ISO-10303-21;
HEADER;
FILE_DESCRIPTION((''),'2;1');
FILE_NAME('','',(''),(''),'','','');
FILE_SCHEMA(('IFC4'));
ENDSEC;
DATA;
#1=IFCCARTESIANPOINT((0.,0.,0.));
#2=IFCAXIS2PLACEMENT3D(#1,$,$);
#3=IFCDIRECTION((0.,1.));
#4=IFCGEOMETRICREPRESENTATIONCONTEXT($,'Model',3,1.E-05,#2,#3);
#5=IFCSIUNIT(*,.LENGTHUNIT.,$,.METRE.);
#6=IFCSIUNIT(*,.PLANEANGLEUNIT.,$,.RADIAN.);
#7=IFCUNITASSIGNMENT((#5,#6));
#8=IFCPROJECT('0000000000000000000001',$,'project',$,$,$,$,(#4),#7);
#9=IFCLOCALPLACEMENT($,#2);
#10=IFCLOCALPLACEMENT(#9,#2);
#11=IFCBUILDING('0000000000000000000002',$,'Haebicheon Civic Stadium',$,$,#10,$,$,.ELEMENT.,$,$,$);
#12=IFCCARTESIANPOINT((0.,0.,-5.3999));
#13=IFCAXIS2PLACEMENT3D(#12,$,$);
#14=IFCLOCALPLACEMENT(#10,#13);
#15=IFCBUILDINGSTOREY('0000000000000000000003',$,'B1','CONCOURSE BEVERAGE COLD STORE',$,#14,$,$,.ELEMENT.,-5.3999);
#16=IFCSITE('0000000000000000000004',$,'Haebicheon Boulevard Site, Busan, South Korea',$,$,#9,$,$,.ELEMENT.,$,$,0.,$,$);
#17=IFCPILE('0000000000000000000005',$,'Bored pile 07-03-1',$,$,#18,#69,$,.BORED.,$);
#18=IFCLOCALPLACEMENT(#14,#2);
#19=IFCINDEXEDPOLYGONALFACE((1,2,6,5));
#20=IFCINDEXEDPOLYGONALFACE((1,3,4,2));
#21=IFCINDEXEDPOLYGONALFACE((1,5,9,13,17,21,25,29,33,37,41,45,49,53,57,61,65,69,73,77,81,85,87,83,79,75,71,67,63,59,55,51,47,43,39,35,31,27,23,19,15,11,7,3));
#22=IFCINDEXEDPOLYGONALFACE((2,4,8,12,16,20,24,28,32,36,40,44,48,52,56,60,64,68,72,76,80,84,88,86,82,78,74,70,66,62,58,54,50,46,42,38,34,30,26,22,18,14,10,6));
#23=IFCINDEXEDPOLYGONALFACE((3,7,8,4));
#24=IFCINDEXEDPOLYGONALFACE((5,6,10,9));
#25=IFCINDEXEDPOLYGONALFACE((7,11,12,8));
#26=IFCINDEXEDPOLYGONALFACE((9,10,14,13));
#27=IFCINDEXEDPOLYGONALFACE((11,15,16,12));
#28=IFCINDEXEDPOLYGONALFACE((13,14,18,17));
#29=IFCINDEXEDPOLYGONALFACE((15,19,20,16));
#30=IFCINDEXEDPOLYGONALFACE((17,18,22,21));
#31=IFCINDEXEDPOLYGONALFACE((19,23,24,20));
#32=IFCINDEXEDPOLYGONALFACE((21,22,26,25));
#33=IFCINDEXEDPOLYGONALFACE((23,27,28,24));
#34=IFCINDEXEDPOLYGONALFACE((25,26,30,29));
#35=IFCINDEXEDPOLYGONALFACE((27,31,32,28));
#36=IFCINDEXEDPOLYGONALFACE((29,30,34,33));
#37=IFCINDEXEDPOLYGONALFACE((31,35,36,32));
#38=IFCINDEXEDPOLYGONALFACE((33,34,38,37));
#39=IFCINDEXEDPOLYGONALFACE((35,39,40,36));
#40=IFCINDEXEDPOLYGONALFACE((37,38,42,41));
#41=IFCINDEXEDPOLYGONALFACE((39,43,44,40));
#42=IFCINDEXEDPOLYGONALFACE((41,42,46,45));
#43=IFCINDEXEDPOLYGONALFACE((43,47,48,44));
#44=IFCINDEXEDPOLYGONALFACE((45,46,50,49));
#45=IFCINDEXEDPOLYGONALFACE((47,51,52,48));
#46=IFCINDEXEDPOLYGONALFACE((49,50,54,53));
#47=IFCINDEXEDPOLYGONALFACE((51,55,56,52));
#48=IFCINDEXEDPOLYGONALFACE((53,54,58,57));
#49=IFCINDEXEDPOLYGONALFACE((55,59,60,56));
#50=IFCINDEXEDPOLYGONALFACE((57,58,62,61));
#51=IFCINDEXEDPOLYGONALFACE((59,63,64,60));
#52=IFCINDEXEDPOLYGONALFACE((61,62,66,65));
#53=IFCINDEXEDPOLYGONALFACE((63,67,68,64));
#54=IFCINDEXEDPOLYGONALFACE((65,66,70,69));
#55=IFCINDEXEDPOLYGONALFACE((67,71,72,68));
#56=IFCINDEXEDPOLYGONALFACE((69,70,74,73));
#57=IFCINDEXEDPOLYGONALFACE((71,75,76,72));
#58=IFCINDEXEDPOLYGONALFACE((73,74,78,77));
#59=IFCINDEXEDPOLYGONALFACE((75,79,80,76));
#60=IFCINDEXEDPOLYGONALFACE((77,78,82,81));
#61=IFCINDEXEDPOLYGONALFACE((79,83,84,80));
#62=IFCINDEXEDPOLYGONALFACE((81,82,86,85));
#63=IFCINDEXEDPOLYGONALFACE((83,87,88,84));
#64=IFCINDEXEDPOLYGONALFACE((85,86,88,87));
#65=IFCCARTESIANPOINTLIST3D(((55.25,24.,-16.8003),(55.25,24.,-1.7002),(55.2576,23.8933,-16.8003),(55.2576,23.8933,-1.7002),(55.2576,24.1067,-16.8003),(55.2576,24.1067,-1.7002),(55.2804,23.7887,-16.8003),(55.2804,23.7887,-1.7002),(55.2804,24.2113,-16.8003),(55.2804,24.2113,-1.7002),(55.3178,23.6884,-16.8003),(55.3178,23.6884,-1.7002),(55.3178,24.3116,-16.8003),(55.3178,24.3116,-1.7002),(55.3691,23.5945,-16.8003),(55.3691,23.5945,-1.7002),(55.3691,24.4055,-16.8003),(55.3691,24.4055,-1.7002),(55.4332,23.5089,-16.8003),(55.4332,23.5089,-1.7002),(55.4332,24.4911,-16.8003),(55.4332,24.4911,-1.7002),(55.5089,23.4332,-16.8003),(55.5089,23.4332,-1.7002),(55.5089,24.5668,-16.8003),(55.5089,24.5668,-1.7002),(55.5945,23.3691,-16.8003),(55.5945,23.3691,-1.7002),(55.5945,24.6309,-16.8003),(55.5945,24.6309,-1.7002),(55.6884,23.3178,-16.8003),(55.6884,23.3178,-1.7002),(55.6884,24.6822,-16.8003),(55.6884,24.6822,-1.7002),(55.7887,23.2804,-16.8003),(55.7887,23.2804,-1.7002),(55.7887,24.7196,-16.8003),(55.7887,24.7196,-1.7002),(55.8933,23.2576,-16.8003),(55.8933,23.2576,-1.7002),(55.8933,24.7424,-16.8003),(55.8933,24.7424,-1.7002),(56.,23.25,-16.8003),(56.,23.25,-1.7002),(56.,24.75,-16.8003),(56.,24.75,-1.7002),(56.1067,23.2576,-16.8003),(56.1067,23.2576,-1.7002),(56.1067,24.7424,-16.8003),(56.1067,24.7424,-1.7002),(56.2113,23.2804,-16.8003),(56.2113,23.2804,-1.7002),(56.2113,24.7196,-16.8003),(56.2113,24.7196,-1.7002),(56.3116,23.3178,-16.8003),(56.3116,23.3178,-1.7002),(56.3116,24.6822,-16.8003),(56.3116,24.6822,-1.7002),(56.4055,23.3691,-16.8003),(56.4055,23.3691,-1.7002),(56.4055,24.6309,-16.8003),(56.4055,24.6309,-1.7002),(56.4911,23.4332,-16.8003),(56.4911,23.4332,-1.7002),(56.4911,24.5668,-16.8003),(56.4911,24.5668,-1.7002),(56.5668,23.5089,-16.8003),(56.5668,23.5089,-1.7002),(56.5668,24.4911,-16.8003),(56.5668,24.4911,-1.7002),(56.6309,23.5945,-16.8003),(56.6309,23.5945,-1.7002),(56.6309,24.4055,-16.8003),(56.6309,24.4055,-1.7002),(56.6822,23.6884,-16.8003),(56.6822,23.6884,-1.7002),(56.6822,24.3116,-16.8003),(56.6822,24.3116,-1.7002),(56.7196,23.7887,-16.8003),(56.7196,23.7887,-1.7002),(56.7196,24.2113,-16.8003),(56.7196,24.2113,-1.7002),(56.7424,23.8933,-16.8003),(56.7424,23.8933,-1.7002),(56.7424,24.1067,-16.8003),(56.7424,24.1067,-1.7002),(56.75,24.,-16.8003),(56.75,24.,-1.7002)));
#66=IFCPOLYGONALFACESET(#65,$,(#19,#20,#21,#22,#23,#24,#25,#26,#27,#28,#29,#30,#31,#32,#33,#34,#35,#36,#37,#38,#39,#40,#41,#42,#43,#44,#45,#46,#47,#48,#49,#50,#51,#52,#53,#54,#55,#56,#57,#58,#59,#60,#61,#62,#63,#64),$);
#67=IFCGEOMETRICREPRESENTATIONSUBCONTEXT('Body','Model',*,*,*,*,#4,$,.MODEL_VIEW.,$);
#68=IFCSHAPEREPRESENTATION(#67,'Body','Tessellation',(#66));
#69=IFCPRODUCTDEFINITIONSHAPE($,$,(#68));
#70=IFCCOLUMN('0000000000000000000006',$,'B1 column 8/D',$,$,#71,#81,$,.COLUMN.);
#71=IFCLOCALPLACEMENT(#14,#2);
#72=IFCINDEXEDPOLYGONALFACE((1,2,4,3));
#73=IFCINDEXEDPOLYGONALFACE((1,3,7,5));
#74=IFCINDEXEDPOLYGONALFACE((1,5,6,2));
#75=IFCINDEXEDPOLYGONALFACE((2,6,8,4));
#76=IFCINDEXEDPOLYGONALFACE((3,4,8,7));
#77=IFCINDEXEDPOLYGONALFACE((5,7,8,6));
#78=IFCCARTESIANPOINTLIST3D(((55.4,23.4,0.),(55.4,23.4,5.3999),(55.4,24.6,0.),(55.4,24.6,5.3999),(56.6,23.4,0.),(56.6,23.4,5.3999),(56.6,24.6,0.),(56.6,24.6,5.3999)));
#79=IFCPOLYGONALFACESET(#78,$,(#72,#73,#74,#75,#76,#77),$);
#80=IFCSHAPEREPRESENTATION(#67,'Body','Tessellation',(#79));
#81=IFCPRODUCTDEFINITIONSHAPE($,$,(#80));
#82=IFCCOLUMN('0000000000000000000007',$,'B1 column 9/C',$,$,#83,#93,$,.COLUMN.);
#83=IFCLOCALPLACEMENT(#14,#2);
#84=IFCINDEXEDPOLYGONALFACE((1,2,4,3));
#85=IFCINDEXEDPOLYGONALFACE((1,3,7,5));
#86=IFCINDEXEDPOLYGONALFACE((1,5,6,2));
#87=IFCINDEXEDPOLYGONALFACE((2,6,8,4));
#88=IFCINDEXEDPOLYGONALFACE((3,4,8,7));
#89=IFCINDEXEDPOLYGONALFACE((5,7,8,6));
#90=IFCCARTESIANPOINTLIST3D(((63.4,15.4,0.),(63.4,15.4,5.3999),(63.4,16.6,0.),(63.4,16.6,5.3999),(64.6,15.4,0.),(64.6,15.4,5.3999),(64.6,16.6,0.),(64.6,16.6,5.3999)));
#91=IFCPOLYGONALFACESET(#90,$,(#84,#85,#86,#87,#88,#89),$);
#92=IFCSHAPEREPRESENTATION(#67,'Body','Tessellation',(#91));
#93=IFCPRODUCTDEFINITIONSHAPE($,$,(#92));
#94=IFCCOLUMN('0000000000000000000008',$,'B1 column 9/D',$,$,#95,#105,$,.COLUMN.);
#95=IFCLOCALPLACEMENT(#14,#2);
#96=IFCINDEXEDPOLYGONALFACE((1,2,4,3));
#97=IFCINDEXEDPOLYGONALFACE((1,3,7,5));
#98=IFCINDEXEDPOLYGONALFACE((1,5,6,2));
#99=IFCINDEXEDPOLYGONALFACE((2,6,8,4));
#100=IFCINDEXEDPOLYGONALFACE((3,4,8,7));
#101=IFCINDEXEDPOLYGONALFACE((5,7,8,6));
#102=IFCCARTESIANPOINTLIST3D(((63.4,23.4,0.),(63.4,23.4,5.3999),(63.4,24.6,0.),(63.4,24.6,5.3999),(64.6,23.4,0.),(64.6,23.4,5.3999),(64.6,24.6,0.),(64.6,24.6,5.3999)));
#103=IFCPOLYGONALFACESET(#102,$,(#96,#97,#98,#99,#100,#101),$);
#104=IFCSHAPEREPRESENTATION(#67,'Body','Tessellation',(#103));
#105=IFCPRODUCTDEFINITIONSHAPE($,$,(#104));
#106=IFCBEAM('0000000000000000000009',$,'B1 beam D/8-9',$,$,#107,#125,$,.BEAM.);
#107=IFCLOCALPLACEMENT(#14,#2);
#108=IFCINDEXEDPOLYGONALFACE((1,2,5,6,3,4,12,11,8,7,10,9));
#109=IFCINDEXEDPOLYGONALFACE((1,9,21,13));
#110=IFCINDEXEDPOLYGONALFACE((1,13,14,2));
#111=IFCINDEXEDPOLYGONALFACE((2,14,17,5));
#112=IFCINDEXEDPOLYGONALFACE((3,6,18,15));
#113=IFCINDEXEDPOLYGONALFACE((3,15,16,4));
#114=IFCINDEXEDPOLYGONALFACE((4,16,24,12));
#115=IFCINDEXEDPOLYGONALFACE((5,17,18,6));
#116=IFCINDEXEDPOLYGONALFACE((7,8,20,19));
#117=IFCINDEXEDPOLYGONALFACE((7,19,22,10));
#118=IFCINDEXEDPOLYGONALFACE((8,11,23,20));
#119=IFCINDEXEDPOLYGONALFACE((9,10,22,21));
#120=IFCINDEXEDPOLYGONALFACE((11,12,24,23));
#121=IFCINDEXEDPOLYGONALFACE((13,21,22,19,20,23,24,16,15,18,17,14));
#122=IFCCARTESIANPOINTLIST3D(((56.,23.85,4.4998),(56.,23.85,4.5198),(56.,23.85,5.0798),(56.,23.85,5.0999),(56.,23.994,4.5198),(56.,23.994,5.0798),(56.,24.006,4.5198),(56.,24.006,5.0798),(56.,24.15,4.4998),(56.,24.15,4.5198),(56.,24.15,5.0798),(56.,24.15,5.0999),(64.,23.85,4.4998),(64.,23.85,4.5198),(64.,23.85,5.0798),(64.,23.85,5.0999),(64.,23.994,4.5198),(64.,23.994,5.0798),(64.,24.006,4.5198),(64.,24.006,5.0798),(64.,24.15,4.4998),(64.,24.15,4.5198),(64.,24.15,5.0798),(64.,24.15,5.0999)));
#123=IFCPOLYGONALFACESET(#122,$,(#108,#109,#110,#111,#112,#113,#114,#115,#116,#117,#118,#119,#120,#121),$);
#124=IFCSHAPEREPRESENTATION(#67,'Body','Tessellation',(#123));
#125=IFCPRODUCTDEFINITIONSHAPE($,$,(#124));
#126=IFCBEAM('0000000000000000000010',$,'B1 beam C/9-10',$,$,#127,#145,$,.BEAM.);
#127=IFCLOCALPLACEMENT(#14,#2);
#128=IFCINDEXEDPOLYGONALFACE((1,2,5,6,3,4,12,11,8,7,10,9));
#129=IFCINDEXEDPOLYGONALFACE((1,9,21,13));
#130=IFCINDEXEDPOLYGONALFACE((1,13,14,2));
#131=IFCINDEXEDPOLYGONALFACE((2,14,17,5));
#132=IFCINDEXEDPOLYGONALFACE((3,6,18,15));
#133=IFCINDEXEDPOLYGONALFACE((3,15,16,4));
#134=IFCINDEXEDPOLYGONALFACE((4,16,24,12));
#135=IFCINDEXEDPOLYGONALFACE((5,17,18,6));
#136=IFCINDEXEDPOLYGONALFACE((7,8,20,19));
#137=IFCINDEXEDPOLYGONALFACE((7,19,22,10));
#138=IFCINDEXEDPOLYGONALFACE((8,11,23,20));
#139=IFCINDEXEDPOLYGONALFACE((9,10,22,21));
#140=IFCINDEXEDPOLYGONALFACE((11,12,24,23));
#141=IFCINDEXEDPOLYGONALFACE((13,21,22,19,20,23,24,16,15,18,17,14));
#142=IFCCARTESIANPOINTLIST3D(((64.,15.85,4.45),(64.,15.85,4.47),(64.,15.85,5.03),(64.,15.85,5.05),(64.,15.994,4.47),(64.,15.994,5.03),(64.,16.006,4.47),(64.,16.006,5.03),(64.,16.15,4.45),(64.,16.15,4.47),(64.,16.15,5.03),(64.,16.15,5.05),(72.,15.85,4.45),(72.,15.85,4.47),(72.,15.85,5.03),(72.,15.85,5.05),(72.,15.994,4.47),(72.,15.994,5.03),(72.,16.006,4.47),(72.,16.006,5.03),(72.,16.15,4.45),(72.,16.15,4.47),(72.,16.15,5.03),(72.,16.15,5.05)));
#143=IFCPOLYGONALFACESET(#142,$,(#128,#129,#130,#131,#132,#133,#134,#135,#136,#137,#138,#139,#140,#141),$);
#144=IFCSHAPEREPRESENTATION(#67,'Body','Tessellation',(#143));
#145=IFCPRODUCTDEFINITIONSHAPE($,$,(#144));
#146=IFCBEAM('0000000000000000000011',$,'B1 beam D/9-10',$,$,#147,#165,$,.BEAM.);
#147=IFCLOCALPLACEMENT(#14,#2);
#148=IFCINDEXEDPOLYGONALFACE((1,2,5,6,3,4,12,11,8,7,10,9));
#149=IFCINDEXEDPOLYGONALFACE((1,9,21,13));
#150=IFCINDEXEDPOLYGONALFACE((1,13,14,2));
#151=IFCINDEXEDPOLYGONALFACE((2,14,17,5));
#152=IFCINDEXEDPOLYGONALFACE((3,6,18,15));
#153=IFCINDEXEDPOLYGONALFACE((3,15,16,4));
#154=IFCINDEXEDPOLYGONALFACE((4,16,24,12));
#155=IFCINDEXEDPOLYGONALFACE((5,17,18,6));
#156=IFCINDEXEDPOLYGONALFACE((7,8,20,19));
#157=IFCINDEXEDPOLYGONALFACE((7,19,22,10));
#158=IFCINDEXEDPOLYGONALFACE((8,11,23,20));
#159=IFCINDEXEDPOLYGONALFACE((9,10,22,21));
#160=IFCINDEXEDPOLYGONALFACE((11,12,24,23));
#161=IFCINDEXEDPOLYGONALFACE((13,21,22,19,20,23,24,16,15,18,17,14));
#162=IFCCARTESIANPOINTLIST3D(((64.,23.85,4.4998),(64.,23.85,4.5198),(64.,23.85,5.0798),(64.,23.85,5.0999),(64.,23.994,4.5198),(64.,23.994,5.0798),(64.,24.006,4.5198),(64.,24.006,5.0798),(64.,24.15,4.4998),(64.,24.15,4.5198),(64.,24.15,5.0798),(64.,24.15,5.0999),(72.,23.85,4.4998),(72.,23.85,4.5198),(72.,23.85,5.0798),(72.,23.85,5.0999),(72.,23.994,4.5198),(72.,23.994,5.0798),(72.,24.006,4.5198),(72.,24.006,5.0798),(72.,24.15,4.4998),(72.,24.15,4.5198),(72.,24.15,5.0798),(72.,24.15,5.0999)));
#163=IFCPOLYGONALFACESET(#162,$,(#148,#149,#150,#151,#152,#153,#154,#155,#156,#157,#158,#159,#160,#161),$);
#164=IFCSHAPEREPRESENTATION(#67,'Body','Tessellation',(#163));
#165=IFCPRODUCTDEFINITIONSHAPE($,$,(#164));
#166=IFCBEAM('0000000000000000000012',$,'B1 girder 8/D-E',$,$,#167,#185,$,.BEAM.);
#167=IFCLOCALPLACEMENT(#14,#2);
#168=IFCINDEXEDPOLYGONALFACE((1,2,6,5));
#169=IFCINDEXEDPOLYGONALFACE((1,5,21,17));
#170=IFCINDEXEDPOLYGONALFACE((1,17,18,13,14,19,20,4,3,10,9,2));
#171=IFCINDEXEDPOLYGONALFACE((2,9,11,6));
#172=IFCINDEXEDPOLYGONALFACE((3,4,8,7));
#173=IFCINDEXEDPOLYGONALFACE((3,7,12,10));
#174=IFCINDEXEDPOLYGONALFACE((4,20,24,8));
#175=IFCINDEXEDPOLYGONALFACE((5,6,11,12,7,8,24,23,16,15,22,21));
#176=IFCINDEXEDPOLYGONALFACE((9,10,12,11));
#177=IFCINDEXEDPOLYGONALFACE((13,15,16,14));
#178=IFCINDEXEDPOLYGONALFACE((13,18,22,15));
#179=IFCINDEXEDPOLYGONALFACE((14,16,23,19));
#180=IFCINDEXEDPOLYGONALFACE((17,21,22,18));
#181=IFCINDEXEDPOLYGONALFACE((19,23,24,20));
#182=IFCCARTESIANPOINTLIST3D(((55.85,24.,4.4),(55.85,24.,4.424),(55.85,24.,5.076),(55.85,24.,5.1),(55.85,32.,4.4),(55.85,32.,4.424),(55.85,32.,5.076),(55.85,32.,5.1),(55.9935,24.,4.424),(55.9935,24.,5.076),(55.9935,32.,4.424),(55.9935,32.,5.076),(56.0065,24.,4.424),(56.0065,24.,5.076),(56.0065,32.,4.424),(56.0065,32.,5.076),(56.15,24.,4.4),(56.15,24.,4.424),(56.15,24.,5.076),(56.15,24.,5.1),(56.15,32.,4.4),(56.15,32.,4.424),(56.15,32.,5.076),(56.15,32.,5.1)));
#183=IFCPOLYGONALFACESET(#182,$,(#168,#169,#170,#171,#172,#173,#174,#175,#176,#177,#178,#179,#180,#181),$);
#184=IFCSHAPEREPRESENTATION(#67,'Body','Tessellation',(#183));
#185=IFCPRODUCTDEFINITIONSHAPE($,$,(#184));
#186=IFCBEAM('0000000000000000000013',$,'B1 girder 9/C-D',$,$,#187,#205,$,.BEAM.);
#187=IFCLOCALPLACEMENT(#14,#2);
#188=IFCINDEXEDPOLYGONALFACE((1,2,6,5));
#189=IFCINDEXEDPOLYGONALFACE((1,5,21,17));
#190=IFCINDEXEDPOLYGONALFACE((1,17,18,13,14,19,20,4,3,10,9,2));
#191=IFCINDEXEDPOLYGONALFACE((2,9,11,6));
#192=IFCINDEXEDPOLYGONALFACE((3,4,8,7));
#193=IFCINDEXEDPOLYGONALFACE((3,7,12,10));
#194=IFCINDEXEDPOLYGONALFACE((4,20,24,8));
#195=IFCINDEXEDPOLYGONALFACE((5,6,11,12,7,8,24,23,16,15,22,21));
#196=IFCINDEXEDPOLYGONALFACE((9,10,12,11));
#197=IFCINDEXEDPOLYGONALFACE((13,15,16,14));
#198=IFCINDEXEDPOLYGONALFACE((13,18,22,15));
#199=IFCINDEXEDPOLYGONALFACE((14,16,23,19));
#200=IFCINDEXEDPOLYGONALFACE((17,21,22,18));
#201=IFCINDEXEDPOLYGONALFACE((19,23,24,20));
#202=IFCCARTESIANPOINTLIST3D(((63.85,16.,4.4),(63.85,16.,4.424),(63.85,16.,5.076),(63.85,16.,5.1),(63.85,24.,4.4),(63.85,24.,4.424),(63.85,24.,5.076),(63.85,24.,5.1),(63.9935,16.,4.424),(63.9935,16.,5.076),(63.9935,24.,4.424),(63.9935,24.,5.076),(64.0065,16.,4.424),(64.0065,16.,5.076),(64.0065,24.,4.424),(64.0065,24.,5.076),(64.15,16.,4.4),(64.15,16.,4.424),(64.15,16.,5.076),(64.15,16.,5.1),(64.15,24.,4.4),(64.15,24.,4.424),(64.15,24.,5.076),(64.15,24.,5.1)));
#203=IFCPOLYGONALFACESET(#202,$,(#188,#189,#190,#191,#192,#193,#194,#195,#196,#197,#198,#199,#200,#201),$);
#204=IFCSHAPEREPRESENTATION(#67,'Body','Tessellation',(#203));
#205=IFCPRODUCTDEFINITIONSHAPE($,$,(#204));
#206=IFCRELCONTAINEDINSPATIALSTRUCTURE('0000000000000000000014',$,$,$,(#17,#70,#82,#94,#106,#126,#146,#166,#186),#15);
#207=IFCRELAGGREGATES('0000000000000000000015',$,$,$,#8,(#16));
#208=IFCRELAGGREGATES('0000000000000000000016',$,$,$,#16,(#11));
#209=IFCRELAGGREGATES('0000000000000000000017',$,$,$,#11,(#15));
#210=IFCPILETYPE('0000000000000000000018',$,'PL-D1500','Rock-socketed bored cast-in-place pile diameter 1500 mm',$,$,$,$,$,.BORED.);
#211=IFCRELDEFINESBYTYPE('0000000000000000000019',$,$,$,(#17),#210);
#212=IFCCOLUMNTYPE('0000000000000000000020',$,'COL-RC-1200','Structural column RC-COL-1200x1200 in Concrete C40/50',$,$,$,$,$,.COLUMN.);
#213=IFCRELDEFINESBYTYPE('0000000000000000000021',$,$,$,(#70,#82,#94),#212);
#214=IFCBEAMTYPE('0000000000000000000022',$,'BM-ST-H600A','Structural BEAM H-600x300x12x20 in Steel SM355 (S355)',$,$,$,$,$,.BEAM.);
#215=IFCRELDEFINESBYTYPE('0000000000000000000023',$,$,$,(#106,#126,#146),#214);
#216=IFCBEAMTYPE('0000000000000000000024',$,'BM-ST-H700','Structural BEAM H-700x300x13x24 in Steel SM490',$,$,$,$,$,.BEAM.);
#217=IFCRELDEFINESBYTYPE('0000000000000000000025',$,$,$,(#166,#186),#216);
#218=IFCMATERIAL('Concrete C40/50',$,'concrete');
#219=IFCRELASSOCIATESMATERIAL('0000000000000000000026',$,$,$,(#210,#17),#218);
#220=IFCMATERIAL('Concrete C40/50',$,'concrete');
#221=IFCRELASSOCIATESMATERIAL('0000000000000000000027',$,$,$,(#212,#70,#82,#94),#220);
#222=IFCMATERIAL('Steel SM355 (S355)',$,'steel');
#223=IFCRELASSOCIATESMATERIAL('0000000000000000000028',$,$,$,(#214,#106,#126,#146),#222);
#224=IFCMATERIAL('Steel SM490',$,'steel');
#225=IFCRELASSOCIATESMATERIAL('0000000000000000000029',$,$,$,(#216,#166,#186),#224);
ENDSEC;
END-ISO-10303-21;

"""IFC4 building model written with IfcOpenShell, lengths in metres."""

from ifc_helpers import new_model, si_unit, direction, frame, origin, origin_2d, place, context, subcontext, project, spatial, rectangle, circle, i_section, extrude, material, material_profile, profile_set, type_object, element, save


model = new_model("IFC4")

# Units and contexts
model_context = context("Model", 3, precision=1e-05, world=origin(), true_north=direction((0.0, 1.0)))
body_context = subcontext(model_context, "Body", "Model", "MODEL_VIEW")
ifc_project = project(units=[si_unit("LENGTHUNIT", "METRE"), si_unit("PLANEANGLEUNIT", "RADIAN")], contexts=[model_context])

# Site, building, storey
site_placement = place(None, origin())
site = spatial("IfcSite", under=ifc_project, at=site_placement, Name="Haebicheon Boulevard Site, Busan, South Korea", CompositionType="ELEMENT", RefElevation=0.0)
building_placement = place(site_placement, origin())
building = spatial("IfcBuilding", under=site, at=building_placement, Name="Haebicheon Civic Stadium", CompositionType="ELEMENT")
storey_placement = place(building_placement, frame((0.0, 0.0, -5.3999)))
storey = spatial("IfcBuildingStorey", under=building, at=storey_placement, Name="B1", Description="CONCOURSE BEVERAGE COLD STORE", CompositionType="ELEMENT", Elevation=-5.3999)

# Pile
ifc_material_1 = material(Name="Concrete C40/50", Category="concrete")
ifc_material_profile_1 = material_profile(ifc_material_1, circle(Radius=0.75, at=origin_2d()), Name="PILE-D1500")
ifc_profile_set_1 = profile_set([ifc_material_profile_1], Name="Concrete C40/50")
pile_type_1 = type_object("IfcPileType", Name="PL-D1500", Description="Rock-socketed bored cast-in-place pile diameter 1500 mm", PredefinedType="BORED", material=ifc_profile_set_1)
pile_1_placement = place(storey_placement, frame((56.0, 24.0, -1.7002), z_axis=(0.0, 0.0, -1.0), x_axis=(1.0, 0.0, 0.0)))
element("IfcPile", 1, at=pile_1_placement, inside=storey, type_object=pile_type_1, material=ifc_profile_set_1, Name="Bored pile 07-03-1", PredefinedType="BORED", context=body_context, shape_type="SweptSolid", body=[
    extrude(circle(Radius=0.75, at=origin_2d()), origin(), (0.0, 0.0, 1.0), 15.1001),
])

# Columns
ifc_material_2 = material(Name="Concrete C40/50", Category="concrete")
ifc_material_profile_2 = material_profile(ifc_material_2, rectangle(XDim=1.2, YDim=1.2, at=origin_2d()), Name="RC-COL-1200x1200")
ifc_profile_set_2 = profile_set([ifc_material_profile_2], Name="Concrete C40/50")
column_type = type_object("IfcColumnType", Name="COL-RC-1200", Description="Structural column RC-COL-1200x1200 in Concrete C40/50", PredefinedType="COLUMN", material=ifc_profile_set_2)
for number, where, z_axis, x_axis, name in (
    (2, (56.0, 24.0, 0.0), (0.0, 0.0, 1.0), (1.0, 0.0, 0.0), "B1 column 8/D"),
    (3, (64.0, 16.0, 0.0), (0.0, 0.0, 1.0), (1.0, 0.0, 0.0), "B1 column 9/C"),
    (4, (64.0, 24.0, 0.0), (0.0, 0.0, 1.0), (1.0, 0.0, 0.0), "B1 column 9/D"),
):
    element("IfcColumn", number, at=place(storey_placement, frame(where, z_axis=z_axis, x_axis=x_axis)), inside=storey, type_object=column_type, material=ifc_profile_set_2, Name=name, PredefinedType="COLUMN", context=body_context, shape_type="SweptSolid", body=[
        extrude(rectangle(XDim=1.2, YDim=1.2, at=origin_2d()), origin(), (0.0, 0.0, 1.0), 5.3999),
    ])

# Beams
ifc_material_3 = material(Name="Steel SM355 (S355)", Category="steel")
ifc_material_profile_3 = material_profile(ifc_material_3, i_section(OverallWidth=0.3, OverallDepth=0.6001, WebThickness=0.012, FlangeThickness=0.02, at=origin_2d()), Name="H-600x300x12x20")
ifc_profile_set_3 = profile_set([ifc_material_profile_3], Name="Steel SM355 (S355)")
beam_type_1 = type_object("IfcBeamType", Name="BM-ST-H600A", Description="Structural BEAM H-600x300x12x20 in Steel SM355 (S355)", PredefinedType="BEAM", material=ifc_profile_set_3)
for number, where, z_axis, x_axis, name in (
    (5, (56.0, 24.0, 4.7998), (1.0, 0.0, 0.0), (0.0, 1.0, 0.0), "B1 beam D/8-9"),
    (6, (64.0, 16.0, 4.75), (1.0, 0.0, 0.0), (0.0, 1.0, 0.0), "B1 beam C/9-10"),
    (7, (64.0, 24.0, 4.7998), (1.0, 0.0, 0.0), (0.0, 1.0, 0.0), "B1 beam D/9-10"),
):
    element("IfcBeam", number, at=place(storey_placement, frame(where, z_axis=z_axis, x_axis=x_axis)), inside=storey, type_object=beam_type_1, material=ifc_profile_set_3, Name=name, PredefinedType="BEAM", context=body_context, shape_type="SweptSolid", body=[
        extrude(i_section(OverallWidth=0.3, OverallDepth=0.6001, WebThickness=0.012, FlangeThickness=0.02, at=origin_2d()), origin(), (0.0, 0.0, 1.0), 8.0),
    ])
ifc_material_4 = material(Name="Steel SM490", Category="steel")
ifc_material_profile_4 = material_profile(ifc_material_4, i_section(OverallWidth=0.3, OverallDepth=0.7, WebThickness=0.0129, FlangeThickness=0.0239, at=origin_2d()), Name="H-700x300x13x24")
ifc_profile_set_4 = profile_set([ifc_material_profile_4], Name="Steel SM490")
beam_type_2 = type_object("IfcBeamType", Name="BM-ST-H700", Description="Structural BEAM H-700x300x13x24 in Steel SM490", PredefinedType="BEAM", material=ifc_profile_set_4)
for number, where, z_axis, x_axis, name in (
    (8, (56.0, 24.0, 4.75), (0.0, 1.0, 0.0), (-1.0, 0.0, 0.0), "B1 girder 8/D-E"),
    (9, (64.0, 16.0, 4.75), (0.0, 1.0, 0.0), (-1.0, 0.0, 0.0), "B1 girder 9/C-D"),
):
    element("IfcBeam", number, at=place(storey_placement, frame(where, z_axis=z_axis, x_axis=x_axis)), inside=storey, type_object=beam_type_2, material=ifc_profile_set_4, Name=name, PredefinedType="BEAM", context=body_context, shape_type="SweptSolid", body=[
        extrude(i_section(OverallWidth=0.3, OverallDepth=0.7, WebThickness=0.0129, FlangeThickness=0.0239, at=origin_2d()), origin(), (0.0, 0.0, 1.0), 8.0),
    ])

save(model, "model.ifc")
